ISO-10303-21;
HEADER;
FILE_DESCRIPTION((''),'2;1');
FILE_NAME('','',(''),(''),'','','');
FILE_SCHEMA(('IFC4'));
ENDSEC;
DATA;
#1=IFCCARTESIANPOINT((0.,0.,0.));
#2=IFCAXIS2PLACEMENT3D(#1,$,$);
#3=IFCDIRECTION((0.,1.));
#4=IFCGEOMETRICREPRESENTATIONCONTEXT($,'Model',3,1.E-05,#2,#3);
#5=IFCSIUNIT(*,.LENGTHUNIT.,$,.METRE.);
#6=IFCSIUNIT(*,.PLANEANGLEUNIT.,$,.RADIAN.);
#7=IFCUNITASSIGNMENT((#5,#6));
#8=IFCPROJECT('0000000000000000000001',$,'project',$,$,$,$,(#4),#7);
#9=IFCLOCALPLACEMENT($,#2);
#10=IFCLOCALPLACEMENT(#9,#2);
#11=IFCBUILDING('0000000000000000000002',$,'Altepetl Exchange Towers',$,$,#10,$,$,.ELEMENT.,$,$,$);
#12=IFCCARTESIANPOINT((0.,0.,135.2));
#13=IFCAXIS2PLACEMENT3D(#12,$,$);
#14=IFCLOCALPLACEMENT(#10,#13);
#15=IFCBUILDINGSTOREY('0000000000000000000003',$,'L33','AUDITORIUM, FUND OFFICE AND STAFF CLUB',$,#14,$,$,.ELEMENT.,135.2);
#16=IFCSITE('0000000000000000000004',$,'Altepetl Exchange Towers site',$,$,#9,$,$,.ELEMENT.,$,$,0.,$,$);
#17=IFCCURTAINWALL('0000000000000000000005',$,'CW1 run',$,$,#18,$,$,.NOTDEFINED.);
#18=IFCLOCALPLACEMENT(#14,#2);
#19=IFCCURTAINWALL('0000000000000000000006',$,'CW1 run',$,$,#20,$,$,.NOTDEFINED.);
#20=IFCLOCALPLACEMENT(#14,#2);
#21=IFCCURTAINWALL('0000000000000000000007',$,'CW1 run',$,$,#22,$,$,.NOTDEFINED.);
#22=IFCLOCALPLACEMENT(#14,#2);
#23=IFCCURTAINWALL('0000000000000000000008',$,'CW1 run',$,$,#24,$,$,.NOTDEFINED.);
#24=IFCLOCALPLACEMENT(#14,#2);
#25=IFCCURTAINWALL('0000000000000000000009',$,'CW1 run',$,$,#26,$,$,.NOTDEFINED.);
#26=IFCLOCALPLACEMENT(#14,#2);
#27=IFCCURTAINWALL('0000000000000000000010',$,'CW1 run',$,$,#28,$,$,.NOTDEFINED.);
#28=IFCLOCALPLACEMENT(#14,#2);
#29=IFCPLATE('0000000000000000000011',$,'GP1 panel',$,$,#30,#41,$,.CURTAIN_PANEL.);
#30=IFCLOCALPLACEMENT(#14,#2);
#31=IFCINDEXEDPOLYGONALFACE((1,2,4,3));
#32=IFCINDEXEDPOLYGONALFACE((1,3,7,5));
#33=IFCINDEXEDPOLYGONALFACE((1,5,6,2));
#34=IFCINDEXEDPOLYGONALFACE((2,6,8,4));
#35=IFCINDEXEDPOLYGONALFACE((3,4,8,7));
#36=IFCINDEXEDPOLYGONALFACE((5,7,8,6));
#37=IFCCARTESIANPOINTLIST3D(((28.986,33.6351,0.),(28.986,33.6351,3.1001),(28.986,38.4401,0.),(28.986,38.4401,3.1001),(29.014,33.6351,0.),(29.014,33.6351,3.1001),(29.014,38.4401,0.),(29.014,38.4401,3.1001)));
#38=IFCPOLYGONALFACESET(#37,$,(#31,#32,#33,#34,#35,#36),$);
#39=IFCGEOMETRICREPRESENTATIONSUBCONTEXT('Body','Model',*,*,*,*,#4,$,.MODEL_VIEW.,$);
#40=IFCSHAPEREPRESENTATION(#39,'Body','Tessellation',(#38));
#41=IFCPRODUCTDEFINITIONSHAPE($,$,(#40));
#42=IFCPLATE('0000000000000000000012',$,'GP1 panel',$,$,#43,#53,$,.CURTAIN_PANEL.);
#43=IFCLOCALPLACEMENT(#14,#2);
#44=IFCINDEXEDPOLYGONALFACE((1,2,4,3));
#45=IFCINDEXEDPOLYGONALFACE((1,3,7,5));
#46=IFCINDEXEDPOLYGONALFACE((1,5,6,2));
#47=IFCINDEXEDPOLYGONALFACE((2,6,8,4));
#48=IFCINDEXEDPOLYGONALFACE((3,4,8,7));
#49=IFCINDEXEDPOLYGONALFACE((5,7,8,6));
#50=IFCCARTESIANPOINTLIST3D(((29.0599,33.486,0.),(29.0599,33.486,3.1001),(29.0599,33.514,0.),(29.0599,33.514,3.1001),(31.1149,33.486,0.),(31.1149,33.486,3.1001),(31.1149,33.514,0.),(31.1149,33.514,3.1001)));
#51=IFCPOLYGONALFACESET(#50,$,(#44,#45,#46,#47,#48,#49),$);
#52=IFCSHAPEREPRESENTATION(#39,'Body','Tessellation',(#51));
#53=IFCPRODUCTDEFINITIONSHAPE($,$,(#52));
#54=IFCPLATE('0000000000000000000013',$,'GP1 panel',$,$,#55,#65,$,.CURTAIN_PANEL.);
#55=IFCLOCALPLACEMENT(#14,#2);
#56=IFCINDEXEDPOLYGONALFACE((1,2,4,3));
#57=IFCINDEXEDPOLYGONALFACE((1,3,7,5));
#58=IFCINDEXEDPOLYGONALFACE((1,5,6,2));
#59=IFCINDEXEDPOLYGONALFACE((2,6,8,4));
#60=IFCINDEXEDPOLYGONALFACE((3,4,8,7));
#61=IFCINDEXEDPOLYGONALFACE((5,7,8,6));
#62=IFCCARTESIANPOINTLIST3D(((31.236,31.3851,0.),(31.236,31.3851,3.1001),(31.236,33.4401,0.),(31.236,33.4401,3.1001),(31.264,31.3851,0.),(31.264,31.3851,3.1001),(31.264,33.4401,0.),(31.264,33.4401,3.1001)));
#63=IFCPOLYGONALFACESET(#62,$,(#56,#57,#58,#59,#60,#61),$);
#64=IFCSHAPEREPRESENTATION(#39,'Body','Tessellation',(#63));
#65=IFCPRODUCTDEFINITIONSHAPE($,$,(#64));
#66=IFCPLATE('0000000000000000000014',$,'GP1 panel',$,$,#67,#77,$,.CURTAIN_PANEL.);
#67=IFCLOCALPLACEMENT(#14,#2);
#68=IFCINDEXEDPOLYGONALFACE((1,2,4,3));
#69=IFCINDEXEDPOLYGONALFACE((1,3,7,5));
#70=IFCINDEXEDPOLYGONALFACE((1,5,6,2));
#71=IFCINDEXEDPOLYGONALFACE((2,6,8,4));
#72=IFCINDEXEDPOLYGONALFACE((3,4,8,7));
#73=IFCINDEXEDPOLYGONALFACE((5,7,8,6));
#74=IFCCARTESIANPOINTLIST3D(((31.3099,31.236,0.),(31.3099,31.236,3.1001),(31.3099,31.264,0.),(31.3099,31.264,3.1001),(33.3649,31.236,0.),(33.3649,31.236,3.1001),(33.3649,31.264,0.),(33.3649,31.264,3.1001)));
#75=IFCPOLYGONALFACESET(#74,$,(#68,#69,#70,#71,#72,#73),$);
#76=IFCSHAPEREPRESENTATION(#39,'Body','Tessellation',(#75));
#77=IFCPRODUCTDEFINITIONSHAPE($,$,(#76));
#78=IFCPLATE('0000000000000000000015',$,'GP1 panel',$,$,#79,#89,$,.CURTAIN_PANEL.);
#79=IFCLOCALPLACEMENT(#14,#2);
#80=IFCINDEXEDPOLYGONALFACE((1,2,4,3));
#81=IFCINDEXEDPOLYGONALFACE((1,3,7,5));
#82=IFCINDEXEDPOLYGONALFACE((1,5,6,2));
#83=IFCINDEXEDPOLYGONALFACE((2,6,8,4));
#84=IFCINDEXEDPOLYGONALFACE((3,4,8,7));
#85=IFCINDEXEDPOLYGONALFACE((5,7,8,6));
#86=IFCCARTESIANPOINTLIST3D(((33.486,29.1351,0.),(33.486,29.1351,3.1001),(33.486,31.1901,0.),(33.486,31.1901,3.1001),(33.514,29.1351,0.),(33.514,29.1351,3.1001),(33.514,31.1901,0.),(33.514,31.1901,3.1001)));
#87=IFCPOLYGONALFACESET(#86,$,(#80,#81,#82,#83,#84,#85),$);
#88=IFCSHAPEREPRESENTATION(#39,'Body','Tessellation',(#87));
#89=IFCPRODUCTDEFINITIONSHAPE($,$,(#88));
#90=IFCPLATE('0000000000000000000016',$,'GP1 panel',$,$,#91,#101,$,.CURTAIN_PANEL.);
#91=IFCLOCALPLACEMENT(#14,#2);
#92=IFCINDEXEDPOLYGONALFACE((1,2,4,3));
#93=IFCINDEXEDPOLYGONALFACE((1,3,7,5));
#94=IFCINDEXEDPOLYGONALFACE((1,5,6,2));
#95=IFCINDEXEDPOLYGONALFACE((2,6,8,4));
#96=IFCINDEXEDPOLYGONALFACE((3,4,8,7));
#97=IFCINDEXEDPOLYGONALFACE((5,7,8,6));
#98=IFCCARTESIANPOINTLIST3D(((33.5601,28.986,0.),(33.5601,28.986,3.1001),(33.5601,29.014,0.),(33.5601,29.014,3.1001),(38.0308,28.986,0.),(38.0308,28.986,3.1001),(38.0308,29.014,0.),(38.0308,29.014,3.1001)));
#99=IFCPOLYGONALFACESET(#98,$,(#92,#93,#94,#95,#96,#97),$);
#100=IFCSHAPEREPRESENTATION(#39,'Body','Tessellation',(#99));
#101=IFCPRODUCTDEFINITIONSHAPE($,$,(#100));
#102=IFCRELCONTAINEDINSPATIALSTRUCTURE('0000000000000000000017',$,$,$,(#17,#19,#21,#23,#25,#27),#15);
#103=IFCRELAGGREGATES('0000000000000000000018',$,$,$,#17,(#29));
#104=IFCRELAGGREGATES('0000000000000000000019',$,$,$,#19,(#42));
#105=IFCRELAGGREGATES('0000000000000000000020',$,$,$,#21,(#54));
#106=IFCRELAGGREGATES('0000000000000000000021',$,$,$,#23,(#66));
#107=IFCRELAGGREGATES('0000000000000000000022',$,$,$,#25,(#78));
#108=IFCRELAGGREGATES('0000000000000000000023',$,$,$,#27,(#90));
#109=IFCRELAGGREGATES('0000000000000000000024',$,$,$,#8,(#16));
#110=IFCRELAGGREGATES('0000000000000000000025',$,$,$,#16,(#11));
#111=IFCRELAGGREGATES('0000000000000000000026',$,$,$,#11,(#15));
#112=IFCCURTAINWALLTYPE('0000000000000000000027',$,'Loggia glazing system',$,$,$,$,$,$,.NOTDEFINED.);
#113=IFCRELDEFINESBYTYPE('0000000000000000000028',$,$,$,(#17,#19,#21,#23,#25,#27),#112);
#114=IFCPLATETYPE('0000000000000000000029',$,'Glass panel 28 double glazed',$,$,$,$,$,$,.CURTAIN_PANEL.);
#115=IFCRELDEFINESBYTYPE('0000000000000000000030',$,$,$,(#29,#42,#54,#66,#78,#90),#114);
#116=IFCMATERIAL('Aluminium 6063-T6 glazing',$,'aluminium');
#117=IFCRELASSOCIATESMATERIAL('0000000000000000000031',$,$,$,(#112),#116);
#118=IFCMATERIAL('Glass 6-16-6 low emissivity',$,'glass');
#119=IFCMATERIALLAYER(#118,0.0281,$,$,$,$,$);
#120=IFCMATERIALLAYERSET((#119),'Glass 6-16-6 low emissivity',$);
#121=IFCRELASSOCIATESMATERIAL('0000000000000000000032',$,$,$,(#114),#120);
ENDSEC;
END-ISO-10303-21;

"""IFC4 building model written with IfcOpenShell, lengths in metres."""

from ifc_helpers import new_model, si_unit, direction, frame, origin, origin_2d, place, context, subcontext, project, spatial, rectangle, extrude, material, layer, layer_set, type_object, element, aggregate, save


model = new_model("IFC4")

# Units and contexts
model_context = context("Model", 3, precision=1e-05, world=origin(), true_north=direction((0.0, 1.0)))
body_context = subcontext(model_context, "Body", "Model", "MODEL_VIEW")
ifc_project = project(units=[si_unit("LENGTHUNIT", "METRE"), si_unit("PLANEANGLEUNIT", "RADIAN")], contexts=[model_context])

# Site, building, storey
site_placement = place(None, origin())
site = spatial("IfcSite", under=ifc_project, at=site_placement, Name="Altepetl Exchange Towers site", CompositionType="ELEMENT", RefElevation=0.0)
building_placement = place(site_placement, origin())
building = spatial("IfcBuilding", under=site, at=building_placement, Name="Altepetl Exchange Towers", CompositionType="ELEMENT")
storey_placement = place(building_placement, frame((0.0, 0.0, 135.2)))
storey = spatial("IfcBuildingStorey", under=building, at=storey_placement, Name="L33", Description="AUDITORIUM, FUND OFFICE AND STAFF CLUB", CompositionType="ELEMENT", Elevation=135.2)

# Curtain walls
ifc_material_1 = material(Name="Aluminium 6063-T6 glazing", Category="aluminium")
curtain_wall_type = type_object("IfcCurtainWallType", Name="Loggia glazing system", PredefinedType="NOTDEFINED", material=ifc_material_1)
curtain_wall_1_placement = place(storey_placement, origin())
curtain_wall_1 = element("IfcCurtainWall", 1, at=curtain_wall_1_placement, inside=storey, type_object=curtain_wall_type, Name="CW1 run", PredefinedType="NOTDEFINED")
curtain_wall_2_placement = place(storey_placement, origin())
curtain_wall_2 = element("IfcCurtainWall", 2, at=curtain_wall_2_placement, inside=storey, type_object=curtain_wall_type, Name="CW1 run", PredefinedType="NOTDEFINED")
curtain_wall_3_placement = place(storey_placement, origin())
curtain_wall_3 = element("IfcCurtainWall", 3, at=curtain_wall_3_placement, inside=storey, type_object=curtain_wall_type, Name="CW1 run", PredefinedType="NOTDEFINED")
curtain_wall_4_placement = place(storey_placement, origin())
curtain_wall_4 = element("IfcCurtainWall", 4, at=curtain_wall_4_placement, inside=storey, type_object=curtain_wall_type, Name="CW1 run", PredefinedType="NOTDEFINED")
curtain_wall_5_placement = place(storey_placement, origin())
curtain_wall_5 = element("IfcCurtainWall", 5, at=curtain_wall_5_placement, inside=storey, type_object=curtain_wall_type, Name="CW1 run", PredefinedType="NOTDEFINED")

# Curtain wall
curtain_wall_6_placement = place(storey_placement, origin())
curtain_wall_6 = element("IfcCurtainWall", 6, at=curtain_wall_6_placement, inside=storey, type_object=curtain_wall_type, Name="CW1 run", PredefinedType="NOTDEFINED")

# Plates
ifc_material_2 = material(Name="Glass 6-16-6 low emissivity", Category="glass")
ifc_layer = layer(ifc_material_2, 0.0281)
ifc_layer_set = layer_set([ifc_layer], Name="Glass 6-16-6 low emissivity")
plate_type = type_object("IfcPlateType", Name="Glass panel 28 double glazed", PredefinedType="CURTAIN_PANEL", material=ifc_layer_set)
plate_1_placement = place(storey_placement, frame((29.0, 36.0376, 0.0), z_axis=(0.0, 0.0, 1.0), x_axis=(0.0, -1.0, 0.0)))
plate_1 = element("IfcPlate", 7, at=plate_1_placement, type_object=plate_type, Name="GP1 panel", PredefinedType="CURTAIN_PANEL", context=body_context, shape_type="SweptSolid", body=[
    extrude(rectangle(XDim=4.8049, YDim=0.0281, at=origin_2d()), origin(), (0.0, 0.0, 1.0), 3.1001),
])
aggregate(curtain_wall_1, [plate_1])
plate_2_placement = place(storey_placement, frame((30.0874, 33.5, 0.0)))
plate_2 = element("IfcPlate", 8, at=plate_2_placement, type_object=plate_type, Name="GP1 panel", PredefinedType="CURTAIN_PANEL", context=body_context, shape_type="SweptSolid", body=[
    extrude(rectangle(XDim=2.0549, YDim=0.0281, at=origin_2d()), origin(), (0.0, 0.0, 1.0), 3.1001),
])
aggregate(curtain_wall_2, [plate_2])
plate_3_placement = place(storey_placement, frame((31.25, 32.4126, 0.0), z_axis=(0.0, 0.0, 1.0), x_axis=(0.0, -1.0, 0.0)))
plate_3 = element("IfcPlate", 9, at=plate_3_placement, type_object=plate_type, Name="GP1 panel", PredefinedType="CURTAIN_PANEL", context=body_context, shape_type="SweptSolid", body=[
    extrude(rectangle(XDim=2.0549, YDim=0.0281, at=origin_2d()), origin(), (0.0, 0.0, 1.0), 3.1001),
])
aggregate(curtain_wall_3, [plate_3])
plate_4_placement = place(storey_placement, frame((32.3374, 31.25, 0.0)))
plate_4 = element("IfcPlate", 10, at=plate_4_placement, type_object=plate_type, Name="GP1 panel", PredefinedType="CURTAIN_PANEL", context=body_context, shape_type="SweptSolid", body=[
    extrude(rectangle(XDim=2.0549, YDim=0.0281, at=origin_2d()), origin(), (0.0, 0.0, 1.0), 3.1001),
])
aggregate(curtain_wall_4, [plate_4])
plate_5_placement = place(storey_placement, frame((33.5, 30.1626, 0.0), z_axis=(0.0, 0.0, 1.0), x_axis=(0.0, -1.0, 0.0)))
plate_5 = element("IfcPlate", 11, at=plate_5_placement, type_object=plate_type, Name="GP1 panel", PredefinedType="CURTAIN_PANEL", context=body_context, shape_type="SweptSolid", body=[
    extrude(rectangle(XDim=2.0549, YDim=0.0281, at=origin_2d()), origin(), (0.0, 0.0, 1.0), 3.1001),
])
aggregate(curtain_wall_5, [plate_5])
plate_6_placement = place(storey_placement, frame((35.7954, 29.0, 0.0)))
plate_6 = element("IfcPlate", 12, at=plate_6_placement, type_object=plate_type, Name="GP1 panel", PredefinedType="CURTAIN_PANEL", context=body_context, shape_type="SweptSolid", body=[
    extrude(rectangle(XDim=4.4707, YDim=0.0281, at=origin_2d()), origin(), (0.0, 0.0, 1.0), 3.1001),
])
aggregate(curtain_wall_6, [plate_6])

save(model, "model.ifc")
